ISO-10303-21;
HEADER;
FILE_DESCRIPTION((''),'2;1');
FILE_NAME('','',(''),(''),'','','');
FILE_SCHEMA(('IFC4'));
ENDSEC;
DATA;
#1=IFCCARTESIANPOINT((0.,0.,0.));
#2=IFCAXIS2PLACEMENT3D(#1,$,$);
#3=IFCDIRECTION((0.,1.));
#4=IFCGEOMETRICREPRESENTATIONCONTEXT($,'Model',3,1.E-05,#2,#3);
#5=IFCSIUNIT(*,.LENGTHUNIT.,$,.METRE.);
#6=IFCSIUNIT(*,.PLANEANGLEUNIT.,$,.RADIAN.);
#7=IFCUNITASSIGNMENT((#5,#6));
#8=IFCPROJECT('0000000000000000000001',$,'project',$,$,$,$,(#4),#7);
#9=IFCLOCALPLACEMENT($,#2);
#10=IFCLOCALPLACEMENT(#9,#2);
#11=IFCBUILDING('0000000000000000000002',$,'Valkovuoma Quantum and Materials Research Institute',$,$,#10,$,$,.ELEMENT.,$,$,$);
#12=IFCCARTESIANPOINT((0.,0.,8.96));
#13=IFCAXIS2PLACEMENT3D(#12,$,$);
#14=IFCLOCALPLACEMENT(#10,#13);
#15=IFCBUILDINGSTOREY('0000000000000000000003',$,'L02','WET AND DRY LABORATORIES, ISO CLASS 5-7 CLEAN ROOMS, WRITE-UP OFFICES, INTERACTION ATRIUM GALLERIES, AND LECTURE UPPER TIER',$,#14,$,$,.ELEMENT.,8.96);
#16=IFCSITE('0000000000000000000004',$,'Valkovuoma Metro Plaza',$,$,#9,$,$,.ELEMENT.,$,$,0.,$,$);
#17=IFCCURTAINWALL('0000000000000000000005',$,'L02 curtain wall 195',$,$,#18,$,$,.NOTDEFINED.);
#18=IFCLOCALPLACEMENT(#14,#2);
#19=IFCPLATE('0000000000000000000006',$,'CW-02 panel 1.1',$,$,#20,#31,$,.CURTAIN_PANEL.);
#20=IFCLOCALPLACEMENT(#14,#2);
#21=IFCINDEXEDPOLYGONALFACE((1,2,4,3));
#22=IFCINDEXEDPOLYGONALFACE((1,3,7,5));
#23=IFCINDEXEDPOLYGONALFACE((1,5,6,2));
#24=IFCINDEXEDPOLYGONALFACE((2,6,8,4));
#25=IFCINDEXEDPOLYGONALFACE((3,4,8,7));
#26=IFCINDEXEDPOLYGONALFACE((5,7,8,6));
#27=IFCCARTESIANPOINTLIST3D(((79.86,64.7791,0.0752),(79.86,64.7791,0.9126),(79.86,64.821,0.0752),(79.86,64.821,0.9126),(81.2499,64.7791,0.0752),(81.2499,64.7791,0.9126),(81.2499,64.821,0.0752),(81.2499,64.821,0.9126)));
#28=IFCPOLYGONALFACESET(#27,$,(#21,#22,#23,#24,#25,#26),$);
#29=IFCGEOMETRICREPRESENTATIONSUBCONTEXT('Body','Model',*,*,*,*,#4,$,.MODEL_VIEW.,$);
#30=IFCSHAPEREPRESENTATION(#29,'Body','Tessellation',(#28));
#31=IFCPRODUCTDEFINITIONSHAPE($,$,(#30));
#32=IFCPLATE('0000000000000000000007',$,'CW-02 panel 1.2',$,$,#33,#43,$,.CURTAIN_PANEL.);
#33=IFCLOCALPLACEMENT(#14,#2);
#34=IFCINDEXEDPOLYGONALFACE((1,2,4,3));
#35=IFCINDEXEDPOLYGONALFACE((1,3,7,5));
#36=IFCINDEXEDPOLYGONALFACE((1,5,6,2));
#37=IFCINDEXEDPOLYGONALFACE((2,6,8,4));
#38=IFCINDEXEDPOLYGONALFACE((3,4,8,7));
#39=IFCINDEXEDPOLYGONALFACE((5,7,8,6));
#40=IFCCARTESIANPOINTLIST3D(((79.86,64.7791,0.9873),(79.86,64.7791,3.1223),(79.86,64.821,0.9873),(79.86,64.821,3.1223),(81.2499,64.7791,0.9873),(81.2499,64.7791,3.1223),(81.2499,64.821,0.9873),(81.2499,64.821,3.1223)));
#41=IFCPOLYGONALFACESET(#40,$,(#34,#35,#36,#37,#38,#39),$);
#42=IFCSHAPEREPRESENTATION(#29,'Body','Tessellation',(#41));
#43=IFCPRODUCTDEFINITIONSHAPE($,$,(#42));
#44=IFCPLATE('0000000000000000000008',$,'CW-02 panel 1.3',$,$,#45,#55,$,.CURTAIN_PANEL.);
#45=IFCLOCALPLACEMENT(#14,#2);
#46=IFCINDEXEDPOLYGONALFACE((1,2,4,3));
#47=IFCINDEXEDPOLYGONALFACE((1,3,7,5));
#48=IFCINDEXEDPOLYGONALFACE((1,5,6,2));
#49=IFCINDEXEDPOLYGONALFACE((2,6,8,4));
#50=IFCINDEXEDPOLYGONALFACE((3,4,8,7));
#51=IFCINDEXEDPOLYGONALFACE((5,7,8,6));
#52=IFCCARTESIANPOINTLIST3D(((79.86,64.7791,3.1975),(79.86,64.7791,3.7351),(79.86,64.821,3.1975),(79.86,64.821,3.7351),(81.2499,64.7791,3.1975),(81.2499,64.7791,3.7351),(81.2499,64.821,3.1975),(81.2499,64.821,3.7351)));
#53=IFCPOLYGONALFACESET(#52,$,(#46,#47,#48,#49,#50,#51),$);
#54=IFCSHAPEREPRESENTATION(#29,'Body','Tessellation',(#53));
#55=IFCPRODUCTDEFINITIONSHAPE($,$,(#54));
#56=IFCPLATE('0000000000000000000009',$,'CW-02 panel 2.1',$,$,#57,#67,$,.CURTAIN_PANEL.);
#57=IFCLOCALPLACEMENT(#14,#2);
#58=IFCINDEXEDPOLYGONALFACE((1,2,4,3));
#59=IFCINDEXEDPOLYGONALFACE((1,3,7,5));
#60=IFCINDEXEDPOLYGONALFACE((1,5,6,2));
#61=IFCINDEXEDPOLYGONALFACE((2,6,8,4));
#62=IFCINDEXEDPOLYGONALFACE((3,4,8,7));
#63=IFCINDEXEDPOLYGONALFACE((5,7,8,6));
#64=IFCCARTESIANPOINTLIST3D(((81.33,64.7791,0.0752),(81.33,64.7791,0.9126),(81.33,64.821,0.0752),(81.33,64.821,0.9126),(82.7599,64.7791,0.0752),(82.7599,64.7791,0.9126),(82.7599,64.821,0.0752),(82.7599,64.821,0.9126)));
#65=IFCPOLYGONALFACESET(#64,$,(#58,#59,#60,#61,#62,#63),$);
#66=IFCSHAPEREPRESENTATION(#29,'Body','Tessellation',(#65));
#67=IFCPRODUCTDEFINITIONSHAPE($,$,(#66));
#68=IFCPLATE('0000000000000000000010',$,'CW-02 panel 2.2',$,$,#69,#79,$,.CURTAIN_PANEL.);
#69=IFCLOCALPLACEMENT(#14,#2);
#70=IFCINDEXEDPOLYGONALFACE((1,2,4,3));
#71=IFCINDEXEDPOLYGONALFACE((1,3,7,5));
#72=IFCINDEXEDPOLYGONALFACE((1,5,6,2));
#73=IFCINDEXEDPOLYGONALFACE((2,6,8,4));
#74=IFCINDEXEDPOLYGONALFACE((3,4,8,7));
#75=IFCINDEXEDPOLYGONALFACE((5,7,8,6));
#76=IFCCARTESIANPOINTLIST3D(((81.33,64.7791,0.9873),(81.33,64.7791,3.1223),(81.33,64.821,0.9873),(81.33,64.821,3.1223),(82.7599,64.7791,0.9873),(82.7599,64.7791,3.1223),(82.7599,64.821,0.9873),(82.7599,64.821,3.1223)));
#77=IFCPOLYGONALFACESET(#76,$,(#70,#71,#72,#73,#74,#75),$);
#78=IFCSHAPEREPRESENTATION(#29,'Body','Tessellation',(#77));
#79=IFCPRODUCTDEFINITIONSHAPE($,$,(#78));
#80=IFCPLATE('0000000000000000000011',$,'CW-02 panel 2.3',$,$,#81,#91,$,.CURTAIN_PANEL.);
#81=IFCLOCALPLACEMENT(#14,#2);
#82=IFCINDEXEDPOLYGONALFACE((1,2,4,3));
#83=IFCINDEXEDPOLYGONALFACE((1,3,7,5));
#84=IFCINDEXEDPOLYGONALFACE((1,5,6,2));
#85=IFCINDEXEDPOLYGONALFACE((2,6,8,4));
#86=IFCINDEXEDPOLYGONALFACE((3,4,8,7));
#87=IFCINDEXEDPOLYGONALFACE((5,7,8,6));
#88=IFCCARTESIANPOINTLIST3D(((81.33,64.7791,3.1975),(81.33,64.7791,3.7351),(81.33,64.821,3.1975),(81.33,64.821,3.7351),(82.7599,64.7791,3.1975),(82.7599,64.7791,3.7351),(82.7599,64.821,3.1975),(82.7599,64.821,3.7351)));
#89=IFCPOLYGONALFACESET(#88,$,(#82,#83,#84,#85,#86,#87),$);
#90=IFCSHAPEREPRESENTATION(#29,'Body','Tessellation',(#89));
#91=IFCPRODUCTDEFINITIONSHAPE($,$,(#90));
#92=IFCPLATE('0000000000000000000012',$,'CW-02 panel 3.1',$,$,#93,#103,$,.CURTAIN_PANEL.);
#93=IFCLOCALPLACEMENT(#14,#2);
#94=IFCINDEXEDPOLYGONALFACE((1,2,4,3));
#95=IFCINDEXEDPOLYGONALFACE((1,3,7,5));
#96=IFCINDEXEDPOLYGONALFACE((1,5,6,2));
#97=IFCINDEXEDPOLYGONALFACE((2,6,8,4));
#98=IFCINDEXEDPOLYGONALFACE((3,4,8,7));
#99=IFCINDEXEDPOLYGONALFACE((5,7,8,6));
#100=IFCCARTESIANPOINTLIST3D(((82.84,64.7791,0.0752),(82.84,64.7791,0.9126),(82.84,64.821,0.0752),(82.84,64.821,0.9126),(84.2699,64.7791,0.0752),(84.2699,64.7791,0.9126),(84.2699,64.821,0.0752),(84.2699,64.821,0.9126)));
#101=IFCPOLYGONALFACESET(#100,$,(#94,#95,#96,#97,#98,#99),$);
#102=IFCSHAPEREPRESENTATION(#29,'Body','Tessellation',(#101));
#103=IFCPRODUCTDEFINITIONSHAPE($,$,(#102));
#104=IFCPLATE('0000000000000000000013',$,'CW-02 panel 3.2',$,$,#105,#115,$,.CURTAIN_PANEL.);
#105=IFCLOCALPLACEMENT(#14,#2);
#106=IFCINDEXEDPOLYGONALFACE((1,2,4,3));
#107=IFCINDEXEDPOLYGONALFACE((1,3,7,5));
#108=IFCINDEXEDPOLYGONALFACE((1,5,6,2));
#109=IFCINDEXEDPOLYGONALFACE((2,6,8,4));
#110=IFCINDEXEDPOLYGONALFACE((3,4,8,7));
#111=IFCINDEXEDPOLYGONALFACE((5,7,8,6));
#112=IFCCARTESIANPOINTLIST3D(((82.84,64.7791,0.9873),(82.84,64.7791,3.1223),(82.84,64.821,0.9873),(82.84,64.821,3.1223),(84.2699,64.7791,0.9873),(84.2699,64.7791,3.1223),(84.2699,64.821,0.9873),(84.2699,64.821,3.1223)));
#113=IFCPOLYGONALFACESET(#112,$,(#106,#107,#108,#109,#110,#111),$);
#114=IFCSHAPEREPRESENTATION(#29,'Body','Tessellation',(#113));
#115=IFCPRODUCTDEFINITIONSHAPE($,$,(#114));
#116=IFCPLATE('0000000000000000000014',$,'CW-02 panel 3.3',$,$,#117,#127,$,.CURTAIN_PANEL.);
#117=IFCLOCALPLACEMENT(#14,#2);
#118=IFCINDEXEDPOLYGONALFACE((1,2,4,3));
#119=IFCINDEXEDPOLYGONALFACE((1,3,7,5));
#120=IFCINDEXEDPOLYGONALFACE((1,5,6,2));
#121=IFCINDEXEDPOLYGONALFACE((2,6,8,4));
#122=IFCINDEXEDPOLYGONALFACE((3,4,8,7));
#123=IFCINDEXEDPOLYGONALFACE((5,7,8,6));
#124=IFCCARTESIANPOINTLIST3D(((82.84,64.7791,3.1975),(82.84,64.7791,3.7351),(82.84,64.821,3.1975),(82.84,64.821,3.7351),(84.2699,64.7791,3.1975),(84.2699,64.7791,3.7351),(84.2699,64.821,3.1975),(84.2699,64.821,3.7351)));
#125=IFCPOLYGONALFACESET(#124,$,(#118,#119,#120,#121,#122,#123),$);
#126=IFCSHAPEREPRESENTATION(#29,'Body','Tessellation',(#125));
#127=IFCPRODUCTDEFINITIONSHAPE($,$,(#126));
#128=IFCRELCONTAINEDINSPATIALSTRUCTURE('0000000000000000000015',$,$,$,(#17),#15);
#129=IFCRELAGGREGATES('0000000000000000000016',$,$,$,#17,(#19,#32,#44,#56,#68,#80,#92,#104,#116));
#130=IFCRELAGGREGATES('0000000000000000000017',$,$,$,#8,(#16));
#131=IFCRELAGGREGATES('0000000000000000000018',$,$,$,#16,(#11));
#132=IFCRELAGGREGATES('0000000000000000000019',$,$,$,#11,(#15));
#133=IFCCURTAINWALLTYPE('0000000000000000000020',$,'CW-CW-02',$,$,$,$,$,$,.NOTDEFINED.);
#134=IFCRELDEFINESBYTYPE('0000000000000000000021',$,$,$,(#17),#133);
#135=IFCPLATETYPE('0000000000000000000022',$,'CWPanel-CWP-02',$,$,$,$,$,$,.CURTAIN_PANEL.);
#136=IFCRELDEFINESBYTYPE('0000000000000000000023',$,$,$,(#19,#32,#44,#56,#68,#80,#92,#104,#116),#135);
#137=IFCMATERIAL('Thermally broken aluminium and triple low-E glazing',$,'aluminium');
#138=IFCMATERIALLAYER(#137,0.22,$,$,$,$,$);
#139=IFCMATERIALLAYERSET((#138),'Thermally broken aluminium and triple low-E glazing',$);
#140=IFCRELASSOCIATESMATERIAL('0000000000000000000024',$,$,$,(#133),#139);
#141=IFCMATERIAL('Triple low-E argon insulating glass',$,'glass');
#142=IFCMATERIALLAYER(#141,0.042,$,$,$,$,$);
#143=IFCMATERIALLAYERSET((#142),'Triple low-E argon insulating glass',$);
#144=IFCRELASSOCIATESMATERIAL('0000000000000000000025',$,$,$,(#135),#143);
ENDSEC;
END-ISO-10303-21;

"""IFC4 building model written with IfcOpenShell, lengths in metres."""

from ifc_helpers import new_model, si_unit, direction, frame, origin, origin_2d, place, context, subcontext, project, spatial, rectangle, extrude, material, layer, layer_set, type_object, element, aggregate, save


model = new_model("IFC4")

# Units and contexts
model_context = context("Model", 3, precision=1e-05, world=origin(), true_north=direction((0.0, 1.0)))
body_context = subcontext(model_context, "Body", "Model", "MODEL_VIEW")
ifc_project = project(units=[si_unit("LENGTHUNIT", "METRE"), si_unit("PLANEANGLEUNIT", "RADIAN")], contexts=[model_context])

# Site, building, storey
site_placement = place(None, origin())
site = spatial("IfcSite", under=ifc_project, at=site_placement, Name="Valkovuoma Metro Plaza", CompositionType="ELEMENT", RefElevation=0.0)
building_placement = place(site_placement, origin())
building = spatial("IfcBuilding", under=site, at=building_placement, Name="Valkovuoma Quantum and Materials Research Institute", CompositionType="ELEMENT")
storey_placement = place(building_placement, frame((0.0, 0.0, 8.96)))
storey = spatial("IfcBuildingStorey", under=building, at=storey_placement, Name="L02", Description="WET AND DRY LABORATORIES, ISO CLASS 5-7 CLEAN ROOMS, WRITE-UP OFFICES, INTERACTION ATRIUM GALLERIES, AND LECTURE UPPER TIER", CompositionType="ELEMENT", Elevation=8.96)

# Shared definitions
ifc_material_1 = material(Name="Thermally broken aluminium and triple low-E glazing", Category="aluminium")
ifc_layer_1 = layer(ifc_material_1, 0.22)
ifc_layer_set_1 = layer_set([ifc_layer_1], Name="Thermally broken aluminium and triple low-E glazing")
curtain_wall_type = type_object("IfcCurtainWallType", Name="CW-CW-02", PredefinedType="NOTDEFINED", material=ifc_layer_set_1)

# Curtain wall
curtain_wall_1_placement = place(storey_placement, origin())
curtain_wall_1 = element("IfcCurtainWall", 1, at=curtain_wall_1_placement, inside=storey, type_object=curtain_wall_type, Name="L02 curtain wall 195", PredefinedType="NOTDEFINED")

# Plates
ifc_material_2 = material(Name="Triple low-E argon insulating glass", Category="glass")
ifc_layer_2 = layer(ifc_material_2, 0.042)
ifc_layer_set_2 = layer_set([ifc_layer_2], Name="Triple low-E argon insulating glass")
plate_type = type_object("IfcPlateType", Name="CWPanel-CWP-02", PredefinedType="CURTAIN_PANEL", material=ifc_layer_set_2)
plate_1_placement = place(storey_placement, frame((80.5549, 64.8, 0.0752), z_axis=(0.0, 0.0, 1.0), x_axis=(1.0, 0.0, 0.0)))
plate_1 = element("IfcPlate", 2, at=plate_1_placement, type_object=plate_type, Name="CW-02 panel 1.1", PredefinedType="CURTAIN_PANEL", context=body_context, shape_type="SweptSolid", body=[
    extrude(rectangle(XDim=1.3899, YDim=0.042, at=origin_2d()), origin(), (0.0, 0.0, 1.0), 0.8374),
])
plate_2_placement = place(storey_placement, frame((80.5549, 64.8, 0.9873), z_axis=(0.0, 0.0, 1.0), x_axis=(1.0, 0.0, 0.0)))
plate_2 = element("IfcPlate", 3, at=plate_2_placement, type_object=plate_type, Name="CW-02 panel 1.2", PredefinedType="CURTAIN_PANEL", context=body_context, shape_type="SweptSolid", body=[
    extrude(rectangle(XDim=1.3899, YDim=0.042, at=origin_2d()), origin(), (0.0, 0.0, 1.0), 2.135),
])
plate_3_placement = place(storey_placement, frame((80.5549, 64.8, 3.1975), z_axis=(0.0, 0.0, 1.0), x_axis=(1.0, 0.0, 0.0)))
plate_3 = element("IfcPlate", 4, at=plate_3_placement, type_object=plate_type, Name="CW-02 panel 1.3", PredefinedType="CURTAIN_PANEL", context=body_context, shape_type="SweptSolid", body=[
    extrude(rectangle(XDim=1.3899, YDim=0.042, at=origin_2d()), origin(), (0.0, 0.0, 1.0), 0.5376),
])
plate_4_placement = place(storey_placement, frame((82.0449, 64.8, 0.0752), z_axis=(0.0, 0.0, 1.0), x_axis=(1.0, 0.0, 0.0)))
plate_4 = element("IfcPlate", 5, at=plate_4_placement, type_object=plate_type, Name="CW-02 panel 2.1", PredefinedType="CURTAIN_PANEL", context=body_context, shape_type="SweptSolid", body=[
    extrude(rectangle(XDim=1.4299, YDim=0.042, at=origin_2d()), origin(), (0.0, 0.0, 1.0), 0.8374),
])
plate_5_placement = place(storey_placement, frame((82.0449, 64.8, 0.9873), z_axis=(0.0, 0.0, 1.0), x_axis=(1.0, 0.0, 0.0)))
plate_5 = element("IfcPlate", 6, at=plate_5_placement, type_object=plate_type, Name="CW-02 panel 2.2", PredefinedType="CURTAIN_PANEL", context=body_context, shape_type="SweptSolid", body=[
    extrude(rectangle(XDim=1.4299, YDim=0.042, at=origin_2d()), origin(), (0.0, 0.0, 1.0), 2.135),
])
plate_6_placement = place(storey_placement, frame((82.0449, 64.8, 3.1975), z_axis=(0.0, 0.0, 1.0), x_axis=(1.0, 0.0, 0.0)))
plate_6 = element("IfcPlate", 7, at=plate_6_placement, type_object=plate_type, Name="CW-02 panel 2.3", PredefinedType="CURTAIN_PANEL", context=body_context, shape_type="SweptSolid", body=[
    extrude(rectangle(XDim=1.4299, YDim=0.042, at=origin_2d()), origin(), (0.0, 0.0, 1.0), 0.5376),
])
plate_7_placement = place(storey_placement, frame((83.5549, 64.8, 0.0752), z_axis=(0.0, 0.0, 1.0), x_axis=(1.0, 0.0, 0.0)))
plate_7 = element("IfcPlate", 8, at=plate_7_placement, type_object=plate_type, Name="CW-02 panel 3.1", PredefinedType="CURTAIN_PANEL", context=body_context, shape_type="SweptSolid", body=[
    extrude(rectangle(XDim=1.4299, YDim=0.042, at=origin_2d()), origin(), (0.0, 0.0, 1.0), 0.8374),
])
plate_8_placement = place(storey_placement, frame((83.5549, 64.8, 0.9873), z_axis=(0.0, 0.0, 1.0), x_axis=(1.0, 0.0, 0.0)))
plate_8 = element("IfcPlate", 9, at=plate_8_placement, type_object=plate_type, Name="CW-02 panel 3.2", PredefinedType="CURTAIN_PANEL", context=body_context, shape_type="SweptSolid", body=[
    extrude(rectangle(XDim=1.4299, YDim=0.042, at=origin_2d()), origin(), (0.0, 0.0, 1.0), 2.135),
])
plate_9_placement = place(storey_placement, frame((83.5549, 64.8, 3.1975), z_axis=(0.0, 0.0, 1.0), x_axis=(1.0, 0.0, 0.0)))
plate_9 = element("IfcPlate", 10, at=plate_9_placement, type_object=plate_type, Name="CW-02 panel 3.3", PredefinedType="CURTAIN_PANEL", context=body_context, shape_type="SweptSolid", body=[
    extrude(rectangle(XDim=1.4299, YDim=0.042, at=origin_2d()), origin(), (0.0, 0.0, 1.0), 0.5376),
])
aggregate(curtain_wall_1, [plate_1, plate_2, plate_3, plate_4, plate_5, plate_6, plate_7, plate_8, plate_9])

save(model, "model.ifc")
